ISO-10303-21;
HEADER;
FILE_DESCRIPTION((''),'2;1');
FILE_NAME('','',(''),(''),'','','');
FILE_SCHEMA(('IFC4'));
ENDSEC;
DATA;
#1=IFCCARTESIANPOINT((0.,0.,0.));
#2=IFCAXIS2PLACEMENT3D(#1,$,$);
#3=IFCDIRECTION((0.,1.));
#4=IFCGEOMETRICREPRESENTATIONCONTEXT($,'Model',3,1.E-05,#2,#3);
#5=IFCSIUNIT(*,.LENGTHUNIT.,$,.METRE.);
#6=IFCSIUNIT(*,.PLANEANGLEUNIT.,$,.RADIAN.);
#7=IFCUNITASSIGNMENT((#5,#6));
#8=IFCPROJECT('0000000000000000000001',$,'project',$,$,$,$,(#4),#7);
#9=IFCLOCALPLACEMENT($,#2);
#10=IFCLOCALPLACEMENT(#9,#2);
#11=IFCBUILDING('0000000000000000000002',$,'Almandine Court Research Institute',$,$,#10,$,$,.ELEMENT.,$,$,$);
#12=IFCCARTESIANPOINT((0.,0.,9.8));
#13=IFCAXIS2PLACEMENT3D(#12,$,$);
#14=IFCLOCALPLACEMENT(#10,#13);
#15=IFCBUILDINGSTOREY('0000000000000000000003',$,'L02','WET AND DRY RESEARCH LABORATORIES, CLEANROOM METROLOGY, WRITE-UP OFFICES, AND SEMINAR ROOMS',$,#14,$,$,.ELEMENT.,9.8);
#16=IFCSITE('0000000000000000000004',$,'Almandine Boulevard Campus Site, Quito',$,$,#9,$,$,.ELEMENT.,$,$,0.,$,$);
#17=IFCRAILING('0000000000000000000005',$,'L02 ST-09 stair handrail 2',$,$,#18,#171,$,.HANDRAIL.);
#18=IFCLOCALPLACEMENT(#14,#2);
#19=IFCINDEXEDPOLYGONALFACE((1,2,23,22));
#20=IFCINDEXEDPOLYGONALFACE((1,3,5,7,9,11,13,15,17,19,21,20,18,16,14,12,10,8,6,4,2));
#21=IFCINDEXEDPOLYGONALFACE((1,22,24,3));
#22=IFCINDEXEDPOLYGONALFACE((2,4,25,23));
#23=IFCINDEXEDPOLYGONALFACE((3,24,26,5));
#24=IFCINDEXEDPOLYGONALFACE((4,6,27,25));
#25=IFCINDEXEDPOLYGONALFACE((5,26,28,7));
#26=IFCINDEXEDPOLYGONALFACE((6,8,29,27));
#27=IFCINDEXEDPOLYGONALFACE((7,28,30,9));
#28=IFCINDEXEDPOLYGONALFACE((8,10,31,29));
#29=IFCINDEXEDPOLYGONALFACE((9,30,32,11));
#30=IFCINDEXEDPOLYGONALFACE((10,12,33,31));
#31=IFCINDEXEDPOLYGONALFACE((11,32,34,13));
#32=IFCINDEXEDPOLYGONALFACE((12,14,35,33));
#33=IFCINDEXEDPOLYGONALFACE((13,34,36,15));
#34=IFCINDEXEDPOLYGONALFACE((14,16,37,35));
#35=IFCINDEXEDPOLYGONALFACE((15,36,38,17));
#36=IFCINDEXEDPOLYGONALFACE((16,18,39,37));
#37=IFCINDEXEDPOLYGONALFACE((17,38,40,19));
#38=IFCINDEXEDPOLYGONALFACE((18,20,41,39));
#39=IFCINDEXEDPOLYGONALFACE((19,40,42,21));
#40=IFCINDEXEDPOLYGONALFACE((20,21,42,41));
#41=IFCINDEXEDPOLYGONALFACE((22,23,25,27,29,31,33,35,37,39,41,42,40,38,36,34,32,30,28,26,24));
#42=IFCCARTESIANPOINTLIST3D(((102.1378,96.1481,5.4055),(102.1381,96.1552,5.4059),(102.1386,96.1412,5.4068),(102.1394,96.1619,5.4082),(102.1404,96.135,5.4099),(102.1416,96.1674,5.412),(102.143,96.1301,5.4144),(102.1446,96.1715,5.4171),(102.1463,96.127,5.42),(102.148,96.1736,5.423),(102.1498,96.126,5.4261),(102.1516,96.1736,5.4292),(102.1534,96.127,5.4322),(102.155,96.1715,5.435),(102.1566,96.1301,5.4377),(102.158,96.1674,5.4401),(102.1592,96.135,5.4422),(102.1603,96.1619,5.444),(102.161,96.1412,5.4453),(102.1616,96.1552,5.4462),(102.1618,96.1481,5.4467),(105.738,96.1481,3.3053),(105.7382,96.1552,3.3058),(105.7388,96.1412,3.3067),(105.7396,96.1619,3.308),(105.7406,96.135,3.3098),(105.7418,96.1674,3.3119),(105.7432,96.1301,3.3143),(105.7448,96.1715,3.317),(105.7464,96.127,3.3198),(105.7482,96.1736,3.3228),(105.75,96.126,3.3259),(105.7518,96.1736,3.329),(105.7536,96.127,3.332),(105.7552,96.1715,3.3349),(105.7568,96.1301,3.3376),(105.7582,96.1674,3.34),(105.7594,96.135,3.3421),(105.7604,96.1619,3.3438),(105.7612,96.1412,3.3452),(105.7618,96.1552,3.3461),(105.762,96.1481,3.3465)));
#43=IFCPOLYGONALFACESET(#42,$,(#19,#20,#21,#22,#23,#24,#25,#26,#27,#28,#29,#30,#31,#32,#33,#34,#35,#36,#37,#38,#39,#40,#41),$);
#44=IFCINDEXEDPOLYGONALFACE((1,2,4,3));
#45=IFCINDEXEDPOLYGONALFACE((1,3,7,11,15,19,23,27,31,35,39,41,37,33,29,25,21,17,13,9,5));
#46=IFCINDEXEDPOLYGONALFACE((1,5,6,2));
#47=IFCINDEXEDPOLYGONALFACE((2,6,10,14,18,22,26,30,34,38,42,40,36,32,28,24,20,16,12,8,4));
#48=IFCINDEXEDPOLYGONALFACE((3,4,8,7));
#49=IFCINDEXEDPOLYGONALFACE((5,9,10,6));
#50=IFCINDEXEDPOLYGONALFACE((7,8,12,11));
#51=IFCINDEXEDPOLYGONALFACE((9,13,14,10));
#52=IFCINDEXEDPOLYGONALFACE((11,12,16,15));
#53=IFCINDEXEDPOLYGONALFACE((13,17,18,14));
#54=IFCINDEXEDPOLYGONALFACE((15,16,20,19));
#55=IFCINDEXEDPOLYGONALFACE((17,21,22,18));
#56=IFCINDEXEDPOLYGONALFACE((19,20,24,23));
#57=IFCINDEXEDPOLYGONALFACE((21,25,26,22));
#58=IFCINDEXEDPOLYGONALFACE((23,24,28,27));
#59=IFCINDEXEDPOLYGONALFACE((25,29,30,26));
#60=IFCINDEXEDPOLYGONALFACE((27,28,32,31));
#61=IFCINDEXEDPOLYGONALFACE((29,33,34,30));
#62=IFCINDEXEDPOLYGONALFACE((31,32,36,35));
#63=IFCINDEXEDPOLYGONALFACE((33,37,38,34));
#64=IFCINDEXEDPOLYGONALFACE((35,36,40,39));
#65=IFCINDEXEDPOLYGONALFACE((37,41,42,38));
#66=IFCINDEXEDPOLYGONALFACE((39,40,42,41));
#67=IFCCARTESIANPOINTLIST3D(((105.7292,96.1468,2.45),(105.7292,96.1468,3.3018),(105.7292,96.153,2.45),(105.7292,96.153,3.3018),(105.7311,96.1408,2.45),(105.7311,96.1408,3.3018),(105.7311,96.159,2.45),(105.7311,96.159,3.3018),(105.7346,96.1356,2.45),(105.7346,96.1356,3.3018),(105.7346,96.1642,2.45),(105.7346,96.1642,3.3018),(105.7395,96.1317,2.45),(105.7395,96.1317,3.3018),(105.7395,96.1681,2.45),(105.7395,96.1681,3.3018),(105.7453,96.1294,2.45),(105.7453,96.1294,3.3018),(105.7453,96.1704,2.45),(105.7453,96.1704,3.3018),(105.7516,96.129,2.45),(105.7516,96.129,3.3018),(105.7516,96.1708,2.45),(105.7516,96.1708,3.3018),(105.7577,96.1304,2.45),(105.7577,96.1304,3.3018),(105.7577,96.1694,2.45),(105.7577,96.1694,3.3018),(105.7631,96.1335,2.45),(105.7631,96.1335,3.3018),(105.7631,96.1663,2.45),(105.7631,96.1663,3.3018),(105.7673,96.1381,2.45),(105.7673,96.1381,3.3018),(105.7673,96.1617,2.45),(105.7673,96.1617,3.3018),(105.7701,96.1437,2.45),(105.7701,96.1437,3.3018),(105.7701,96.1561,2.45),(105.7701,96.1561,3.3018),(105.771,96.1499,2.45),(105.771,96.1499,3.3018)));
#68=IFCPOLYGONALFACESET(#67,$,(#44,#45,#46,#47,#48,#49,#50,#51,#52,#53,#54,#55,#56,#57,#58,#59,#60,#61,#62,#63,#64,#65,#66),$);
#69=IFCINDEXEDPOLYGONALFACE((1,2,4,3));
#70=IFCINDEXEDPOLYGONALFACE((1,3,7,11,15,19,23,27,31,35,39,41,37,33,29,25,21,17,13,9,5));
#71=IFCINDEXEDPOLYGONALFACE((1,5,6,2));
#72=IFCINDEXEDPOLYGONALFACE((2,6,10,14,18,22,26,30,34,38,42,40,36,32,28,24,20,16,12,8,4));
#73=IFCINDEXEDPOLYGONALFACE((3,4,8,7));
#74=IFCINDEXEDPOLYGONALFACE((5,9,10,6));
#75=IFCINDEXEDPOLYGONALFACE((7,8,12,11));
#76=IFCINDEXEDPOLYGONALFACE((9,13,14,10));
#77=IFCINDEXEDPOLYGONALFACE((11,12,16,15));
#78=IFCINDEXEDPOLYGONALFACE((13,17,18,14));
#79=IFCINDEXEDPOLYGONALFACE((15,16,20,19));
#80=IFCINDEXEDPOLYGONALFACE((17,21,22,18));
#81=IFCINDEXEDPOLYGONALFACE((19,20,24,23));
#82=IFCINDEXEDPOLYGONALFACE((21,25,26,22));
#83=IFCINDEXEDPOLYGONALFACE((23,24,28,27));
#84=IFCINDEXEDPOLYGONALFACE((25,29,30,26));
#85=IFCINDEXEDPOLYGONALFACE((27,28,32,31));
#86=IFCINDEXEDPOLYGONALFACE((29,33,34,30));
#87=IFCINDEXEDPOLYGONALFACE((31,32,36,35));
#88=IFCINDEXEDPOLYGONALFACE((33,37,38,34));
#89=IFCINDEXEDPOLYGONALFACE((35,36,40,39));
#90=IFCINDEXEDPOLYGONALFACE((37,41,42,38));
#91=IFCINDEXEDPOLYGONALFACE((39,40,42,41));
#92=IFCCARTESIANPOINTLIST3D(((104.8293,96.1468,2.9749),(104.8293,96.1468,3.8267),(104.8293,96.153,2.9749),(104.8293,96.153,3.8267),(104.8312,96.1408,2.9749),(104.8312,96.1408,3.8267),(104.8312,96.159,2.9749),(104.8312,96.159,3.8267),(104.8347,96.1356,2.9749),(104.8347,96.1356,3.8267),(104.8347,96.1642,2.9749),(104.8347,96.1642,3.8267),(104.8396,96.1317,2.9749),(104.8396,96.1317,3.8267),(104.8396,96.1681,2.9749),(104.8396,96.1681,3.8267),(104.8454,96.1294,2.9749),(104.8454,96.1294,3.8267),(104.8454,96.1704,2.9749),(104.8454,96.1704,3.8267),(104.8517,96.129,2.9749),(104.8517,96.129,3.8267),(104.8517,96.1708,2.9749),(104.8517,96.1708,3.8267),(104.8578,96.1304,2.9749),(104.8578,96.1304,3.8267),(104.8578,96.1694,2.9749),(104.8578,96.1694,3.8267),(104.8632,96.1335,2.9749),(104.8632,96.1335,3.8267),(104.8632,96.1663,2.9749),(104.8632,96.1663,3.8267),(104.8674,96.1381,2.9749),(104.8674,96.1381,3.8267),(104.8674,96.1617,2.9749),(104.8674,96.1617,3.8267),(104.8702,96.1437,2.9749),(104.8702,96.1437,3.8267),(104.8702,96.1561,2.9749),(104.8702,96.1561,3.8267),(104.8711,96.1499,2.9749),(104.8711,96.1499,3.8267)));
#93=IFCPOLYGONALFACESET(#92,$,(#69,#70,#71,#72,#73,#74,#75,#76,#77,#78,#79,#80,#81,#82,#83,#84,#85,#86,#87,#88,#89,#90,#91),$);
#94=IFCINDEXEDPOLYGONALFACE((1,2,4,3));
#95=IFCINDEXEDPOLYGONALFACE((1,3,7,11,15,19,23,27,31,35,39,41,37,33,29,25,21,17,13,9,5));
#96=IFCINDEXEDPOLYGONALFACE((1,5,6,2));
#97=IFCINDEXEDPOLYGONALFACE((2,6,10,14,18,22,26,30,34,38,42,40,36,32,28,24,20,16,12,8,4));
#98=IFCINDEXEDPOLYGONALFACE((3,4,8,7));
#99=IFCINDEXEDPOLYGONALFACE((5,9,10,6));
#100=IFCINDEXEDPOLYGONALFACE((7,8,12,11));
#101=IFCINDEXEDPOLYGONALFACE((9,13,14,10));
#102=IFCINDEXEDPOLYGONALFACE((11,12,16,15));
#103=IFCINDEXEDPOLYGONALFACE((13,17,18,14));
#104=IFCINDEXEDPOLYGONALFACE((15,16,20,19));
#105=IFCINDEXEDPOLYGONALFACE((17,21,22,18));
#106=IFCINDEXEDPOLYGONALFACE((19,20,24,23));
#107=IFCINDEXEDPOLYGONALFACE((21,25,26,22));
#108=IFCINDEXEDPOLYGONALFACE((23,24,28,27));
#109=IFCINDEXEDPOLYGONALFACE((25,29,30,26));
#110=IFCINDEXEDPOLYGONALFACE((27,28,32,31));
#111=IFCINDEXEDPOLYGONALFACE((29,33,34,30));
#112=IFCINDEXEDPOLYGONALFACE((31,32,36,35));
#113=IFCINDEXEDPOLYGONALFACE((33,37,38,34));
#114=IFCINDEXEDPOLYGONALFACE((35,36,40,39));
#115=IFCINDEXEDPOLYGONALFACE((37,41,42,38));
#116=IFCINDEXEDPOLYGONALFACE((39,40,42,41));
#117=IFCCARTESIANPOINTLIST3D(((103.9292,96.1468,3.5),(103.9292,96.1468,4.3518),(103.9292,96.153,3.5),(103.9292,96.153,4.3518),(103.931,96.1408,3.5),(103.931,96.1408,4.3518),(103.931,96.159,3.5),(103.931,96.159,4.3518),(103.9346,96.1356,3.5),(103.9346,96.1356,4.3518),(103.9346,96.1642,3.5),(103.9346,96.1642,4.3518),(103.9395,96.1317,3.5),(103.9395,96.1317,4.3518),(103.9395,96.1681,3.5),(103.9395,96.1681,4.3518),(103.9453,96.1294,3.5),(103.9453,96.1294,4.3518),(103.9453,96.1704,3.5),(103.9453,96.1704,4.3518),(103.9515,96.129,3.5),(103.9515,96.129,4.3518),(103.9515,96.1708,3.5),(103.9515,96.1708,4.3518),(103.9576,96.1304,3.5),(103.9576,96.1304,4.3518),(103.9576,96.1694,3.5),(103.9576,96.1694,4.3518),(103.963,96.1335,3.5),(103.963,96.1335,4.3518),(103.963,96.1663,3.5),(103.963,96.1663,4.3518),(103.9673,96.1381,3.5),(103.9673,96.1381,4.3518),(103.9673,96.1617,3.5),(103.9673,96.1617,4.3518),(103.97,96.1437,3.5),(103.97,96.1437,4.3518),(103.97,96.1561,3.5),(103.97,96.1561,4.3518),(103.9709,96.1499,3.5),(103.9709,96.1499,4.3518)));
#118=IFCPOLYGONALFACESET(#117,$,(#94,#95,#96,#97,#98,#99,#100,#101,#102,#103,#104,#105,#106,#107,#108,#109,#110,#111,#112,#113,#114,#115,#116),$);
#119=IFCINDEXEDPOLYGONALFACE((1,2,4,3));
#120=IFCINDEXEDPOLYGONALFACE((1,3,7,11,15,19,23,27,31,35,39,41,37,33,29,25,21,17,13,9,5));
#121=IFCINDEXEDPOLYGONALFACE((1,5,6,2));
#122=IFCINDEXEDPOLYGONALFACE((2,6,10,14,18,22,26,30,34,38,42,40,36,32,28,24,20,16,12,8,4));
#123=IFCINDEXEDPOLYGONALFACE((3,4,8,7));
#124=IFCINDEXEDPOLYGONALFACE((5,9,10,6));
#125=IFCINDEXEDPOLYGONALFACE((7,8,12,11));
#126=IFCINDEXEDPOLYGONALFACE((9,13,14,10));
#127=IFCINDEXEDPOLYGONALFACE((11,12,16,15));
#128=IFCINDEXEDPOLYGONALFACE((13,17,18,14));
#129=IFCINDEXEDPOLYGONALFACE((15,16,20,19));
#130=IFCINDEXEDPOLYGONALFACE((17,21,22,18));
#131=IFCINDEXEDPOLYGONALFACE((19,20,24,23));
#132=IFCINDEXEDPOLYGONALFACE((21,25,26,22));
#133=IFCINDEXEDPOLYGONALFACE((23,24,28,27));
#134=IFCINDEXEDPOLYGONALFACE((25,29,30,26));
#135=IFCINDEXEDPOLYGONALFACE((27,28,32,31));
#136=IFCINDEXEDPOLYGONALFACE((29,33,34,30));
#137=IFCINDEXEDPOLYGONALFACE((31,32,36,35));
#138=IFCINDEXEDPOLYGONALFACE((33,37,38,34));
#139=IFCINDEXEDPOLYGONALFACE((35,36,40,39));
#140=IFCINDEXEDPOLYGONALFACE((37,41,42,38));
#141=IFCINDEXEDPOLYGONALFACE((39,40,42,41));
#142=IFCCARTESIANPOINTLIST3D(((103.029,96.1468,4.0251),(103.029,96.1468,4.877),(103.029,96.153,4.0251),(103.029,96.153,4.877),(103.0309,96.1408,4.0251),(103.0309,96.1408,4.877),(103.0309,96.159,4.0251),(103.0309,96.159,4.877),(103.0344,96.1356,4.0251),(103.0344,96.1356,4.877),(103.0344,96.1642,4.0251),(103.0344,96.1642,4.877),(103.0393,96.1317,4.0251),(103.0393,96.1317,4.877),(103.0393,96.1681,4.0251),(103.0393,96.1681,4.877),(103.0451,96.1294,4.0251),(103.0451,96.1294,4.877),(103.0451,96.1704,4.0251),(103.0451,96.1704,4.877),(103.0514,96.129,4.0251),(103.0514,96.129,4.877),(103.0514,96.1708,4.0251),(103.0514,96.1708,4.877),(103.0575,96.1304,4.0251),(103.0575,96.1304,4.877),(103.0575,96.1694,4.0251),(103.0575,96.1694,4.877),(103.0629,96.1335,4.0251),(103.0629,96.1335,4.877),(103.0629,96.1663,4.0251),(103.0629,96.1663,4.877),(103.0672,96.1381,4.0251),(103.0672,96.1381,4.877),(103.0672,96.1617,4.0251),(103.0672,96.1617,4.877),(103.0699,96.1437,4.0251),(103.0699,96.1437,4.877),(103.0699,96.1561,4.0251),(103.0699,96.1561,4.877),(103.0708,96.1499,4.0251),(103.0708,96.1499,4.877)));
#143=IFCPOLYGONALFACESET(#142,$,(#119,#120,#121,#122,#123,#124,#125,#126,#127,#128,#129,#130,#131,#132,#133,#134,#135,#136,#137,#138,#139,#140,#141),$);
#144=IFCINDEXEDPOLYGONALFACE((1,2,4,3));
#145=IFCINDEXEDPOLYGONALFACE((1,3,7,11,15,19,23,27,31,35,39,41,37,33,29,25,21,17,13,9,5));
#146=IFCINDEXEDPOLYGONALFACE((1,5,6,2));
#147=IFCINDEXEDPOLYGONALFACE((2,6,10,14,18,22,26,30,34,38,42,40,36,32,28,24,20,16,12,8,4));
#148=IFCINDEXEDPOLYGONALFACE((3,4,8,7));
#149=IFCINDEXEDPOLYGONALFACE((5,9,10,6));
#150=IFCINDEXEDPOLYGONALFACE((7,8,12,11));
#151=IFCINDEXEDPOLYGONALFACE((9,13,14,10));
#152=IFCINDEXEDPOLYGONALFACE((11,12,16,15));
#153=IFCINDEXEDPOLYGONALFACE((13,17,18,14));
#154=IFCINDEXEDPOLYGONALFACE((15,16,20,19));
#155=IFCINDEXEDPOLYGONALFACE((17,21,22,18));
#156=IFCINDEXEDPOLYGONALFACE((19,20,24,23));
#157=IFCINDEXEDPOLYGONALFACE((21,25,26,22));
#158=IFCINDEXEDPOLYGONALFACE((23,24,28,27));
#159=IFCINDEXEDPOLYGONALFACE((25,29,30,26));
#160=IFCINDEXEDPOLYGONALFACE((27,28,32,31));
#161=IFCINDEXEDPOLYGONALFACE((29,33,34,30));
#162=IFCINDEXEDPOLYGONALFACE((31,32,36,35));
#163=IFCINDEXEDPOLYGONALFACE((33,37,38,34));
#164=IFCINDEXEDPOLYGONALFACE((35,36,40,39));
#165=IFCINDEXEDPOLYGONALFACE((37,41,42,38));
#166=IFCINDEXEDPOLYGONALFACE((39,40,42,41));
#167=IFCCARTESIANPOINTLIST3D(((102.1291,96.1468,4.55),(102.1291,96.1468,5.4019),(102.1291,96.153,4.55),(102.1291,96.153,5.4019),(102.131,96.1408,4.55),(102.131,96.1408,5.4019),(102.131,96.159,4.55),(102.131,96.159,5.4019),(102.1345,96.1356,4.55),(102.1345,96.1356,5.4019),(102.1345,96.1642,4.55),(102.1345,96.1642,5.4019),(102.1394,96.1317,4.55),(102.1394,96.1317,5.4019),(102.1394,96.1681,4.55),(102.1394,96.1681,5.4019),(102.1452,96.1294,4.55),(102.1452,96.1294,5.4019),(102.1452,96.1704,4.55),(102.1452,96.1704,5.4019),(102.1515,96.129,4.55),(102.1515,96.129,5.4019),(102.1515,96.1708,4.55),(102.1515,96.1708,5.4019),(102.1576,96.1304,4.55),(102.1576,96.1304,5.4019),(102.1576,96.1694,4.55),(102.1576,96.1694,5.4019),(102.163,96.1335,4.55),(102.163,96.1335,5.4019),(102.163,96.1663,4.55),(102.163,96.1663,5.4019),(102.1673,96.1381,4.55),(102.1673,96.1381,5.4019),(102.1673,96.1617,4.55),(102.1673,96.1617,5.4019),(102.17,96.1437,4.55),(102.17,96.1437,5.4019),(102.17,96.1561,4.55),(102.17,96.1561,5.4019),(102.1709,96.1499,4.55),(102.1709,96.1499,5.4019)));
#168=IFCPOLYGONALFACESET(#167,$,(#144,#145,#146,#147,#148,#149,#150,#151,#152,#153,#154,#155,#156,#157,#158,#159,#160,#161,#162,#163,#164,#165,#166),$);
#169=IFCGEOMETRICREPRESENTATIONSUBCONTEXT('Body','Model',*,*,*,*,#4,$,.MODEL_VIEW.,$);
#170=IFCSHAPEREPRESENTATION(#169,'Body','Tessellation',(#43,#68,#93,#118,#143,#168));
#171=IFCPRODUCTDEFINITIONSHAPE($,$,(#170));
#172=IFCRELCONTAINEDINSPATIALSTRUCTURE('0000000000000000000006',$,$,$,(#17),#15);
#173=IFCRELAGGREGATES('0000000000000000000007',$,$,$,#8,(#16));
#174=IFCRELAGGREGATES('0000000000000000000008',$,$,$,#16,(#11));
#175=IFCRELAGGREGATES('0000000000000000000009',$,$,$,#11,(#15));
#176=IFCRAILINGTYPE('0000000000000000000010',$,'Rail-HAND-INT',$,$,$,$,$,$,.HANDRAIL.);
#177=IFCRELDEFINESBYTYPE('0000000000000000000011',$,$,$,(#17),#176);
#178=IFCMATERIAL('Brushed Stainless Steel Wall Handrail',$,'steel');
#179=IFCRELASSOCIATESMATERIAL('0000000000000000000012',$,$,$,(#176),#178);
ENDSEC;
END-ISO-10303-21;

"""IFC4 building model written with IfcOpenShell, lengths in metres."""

from ifc_helpers import new_model, si_unit, direction, frame, origin, origin_2d, place, context, subcontext, project, spatial, circle, extrude, material, type_object, element, save


model = new_model("IFC4")

# Units and contexts
model_context = context("Model", 3, precision=1e-05, world=origin(), true_north=direction((0.0, 1.0)))
body_context = subcontext(model_context, "Body", "Model", "MODEL_VIEW")
ifc_project = project(units=[si_unit("LENGTHUNIT", "METRE"), si_unit("PLANEANGLEUNIT", "RADIAN")], contexts=[model_context])

# Site, building, storey
site_placement = place(None, origin())
site = spatial("IfcSite", under=ifc_project, at=site_placement, Name="Almandine Boulevard Campus Site, Quito", CompositionType="ELEMENT", RefElevation=0.0)
building_placement = place(site_placement, origin())
building = spatial("IfcBuilding", under=site, at=building_placement, Name="Almandine Court Research Institute", CompositionType="ELEMENT")
storey_placement = place(building_placement, frame((0.0, 0.0, 9.8)))
storey = spatial("IfcBuildingStorey", under=building, at=storey_placement, Name="L02", Description="WET AND DRY RESEARCH LABORATORIES, CLEANROOM METROLOGY, WRITE-UP OFFICES, AND SEMINAR ROOMS", CompositionType="ELEMENT", Elevation=9.8)

# Railing
ifc_material_1 = material(Name="Brushed Stainless Steel Wall Handrail", Category="steel")
railing_type_1 = type_object("IfcRailingType", Name="Rail-HAND-INT", PredefinedType="HANDRAIL", material=ifc_material_1)
railing_1_placement = place(storey_placement, frame((105.75, 96.1499, 2.45)))
element("IfcRailing", 1, at=railing_1_placement, inside=storey, type_object=railing_type_1, Name="L02 ST-09 stair handrail 2", PredefinedType="HANDRAIL", context=body_context, shape_type="SweptSolid", body=[
    extrude(circle(Radius=0.0239, at=origin_2d()), frame((0.0, 0.0, 0.876), z_axis=(-0.863775, 0.0, 0.503878), x_axis=(0.0, -1.0, 0.0)), (0.0, 0.0, 1.0), 4.168),
    extrude(circle(Radius=0.021, at=origin_2d()), origin(), (0.0, 0.0, 1.0), 0.8518),
    extrude(circle(Radius=0.021, at=origin_2d()), frame((-0.8999, 0.0, 0.5249)), (0.0, 0.0, 1.0), 0.8518),
    extrude(circle(Radius=0.021, at=origin_2d()), frame((-1.8, 0.0, 1.05)), (0.0, 0.0, 1.0), 0.8518),
    extrude(circle(Radius=0.021, at=origin_2d()), frame((-2.7002, 0.0, 1.5752)), (0.0, 0.0, 1.0), 0.8518),
    extrude(circle(Radius=0.021, at=origin_2d()), frame((-3.6001, 0.0, 2.1001)), (0.0, 0.0, 1.0), 0.8518),
])

save(model, "model.ifc")
